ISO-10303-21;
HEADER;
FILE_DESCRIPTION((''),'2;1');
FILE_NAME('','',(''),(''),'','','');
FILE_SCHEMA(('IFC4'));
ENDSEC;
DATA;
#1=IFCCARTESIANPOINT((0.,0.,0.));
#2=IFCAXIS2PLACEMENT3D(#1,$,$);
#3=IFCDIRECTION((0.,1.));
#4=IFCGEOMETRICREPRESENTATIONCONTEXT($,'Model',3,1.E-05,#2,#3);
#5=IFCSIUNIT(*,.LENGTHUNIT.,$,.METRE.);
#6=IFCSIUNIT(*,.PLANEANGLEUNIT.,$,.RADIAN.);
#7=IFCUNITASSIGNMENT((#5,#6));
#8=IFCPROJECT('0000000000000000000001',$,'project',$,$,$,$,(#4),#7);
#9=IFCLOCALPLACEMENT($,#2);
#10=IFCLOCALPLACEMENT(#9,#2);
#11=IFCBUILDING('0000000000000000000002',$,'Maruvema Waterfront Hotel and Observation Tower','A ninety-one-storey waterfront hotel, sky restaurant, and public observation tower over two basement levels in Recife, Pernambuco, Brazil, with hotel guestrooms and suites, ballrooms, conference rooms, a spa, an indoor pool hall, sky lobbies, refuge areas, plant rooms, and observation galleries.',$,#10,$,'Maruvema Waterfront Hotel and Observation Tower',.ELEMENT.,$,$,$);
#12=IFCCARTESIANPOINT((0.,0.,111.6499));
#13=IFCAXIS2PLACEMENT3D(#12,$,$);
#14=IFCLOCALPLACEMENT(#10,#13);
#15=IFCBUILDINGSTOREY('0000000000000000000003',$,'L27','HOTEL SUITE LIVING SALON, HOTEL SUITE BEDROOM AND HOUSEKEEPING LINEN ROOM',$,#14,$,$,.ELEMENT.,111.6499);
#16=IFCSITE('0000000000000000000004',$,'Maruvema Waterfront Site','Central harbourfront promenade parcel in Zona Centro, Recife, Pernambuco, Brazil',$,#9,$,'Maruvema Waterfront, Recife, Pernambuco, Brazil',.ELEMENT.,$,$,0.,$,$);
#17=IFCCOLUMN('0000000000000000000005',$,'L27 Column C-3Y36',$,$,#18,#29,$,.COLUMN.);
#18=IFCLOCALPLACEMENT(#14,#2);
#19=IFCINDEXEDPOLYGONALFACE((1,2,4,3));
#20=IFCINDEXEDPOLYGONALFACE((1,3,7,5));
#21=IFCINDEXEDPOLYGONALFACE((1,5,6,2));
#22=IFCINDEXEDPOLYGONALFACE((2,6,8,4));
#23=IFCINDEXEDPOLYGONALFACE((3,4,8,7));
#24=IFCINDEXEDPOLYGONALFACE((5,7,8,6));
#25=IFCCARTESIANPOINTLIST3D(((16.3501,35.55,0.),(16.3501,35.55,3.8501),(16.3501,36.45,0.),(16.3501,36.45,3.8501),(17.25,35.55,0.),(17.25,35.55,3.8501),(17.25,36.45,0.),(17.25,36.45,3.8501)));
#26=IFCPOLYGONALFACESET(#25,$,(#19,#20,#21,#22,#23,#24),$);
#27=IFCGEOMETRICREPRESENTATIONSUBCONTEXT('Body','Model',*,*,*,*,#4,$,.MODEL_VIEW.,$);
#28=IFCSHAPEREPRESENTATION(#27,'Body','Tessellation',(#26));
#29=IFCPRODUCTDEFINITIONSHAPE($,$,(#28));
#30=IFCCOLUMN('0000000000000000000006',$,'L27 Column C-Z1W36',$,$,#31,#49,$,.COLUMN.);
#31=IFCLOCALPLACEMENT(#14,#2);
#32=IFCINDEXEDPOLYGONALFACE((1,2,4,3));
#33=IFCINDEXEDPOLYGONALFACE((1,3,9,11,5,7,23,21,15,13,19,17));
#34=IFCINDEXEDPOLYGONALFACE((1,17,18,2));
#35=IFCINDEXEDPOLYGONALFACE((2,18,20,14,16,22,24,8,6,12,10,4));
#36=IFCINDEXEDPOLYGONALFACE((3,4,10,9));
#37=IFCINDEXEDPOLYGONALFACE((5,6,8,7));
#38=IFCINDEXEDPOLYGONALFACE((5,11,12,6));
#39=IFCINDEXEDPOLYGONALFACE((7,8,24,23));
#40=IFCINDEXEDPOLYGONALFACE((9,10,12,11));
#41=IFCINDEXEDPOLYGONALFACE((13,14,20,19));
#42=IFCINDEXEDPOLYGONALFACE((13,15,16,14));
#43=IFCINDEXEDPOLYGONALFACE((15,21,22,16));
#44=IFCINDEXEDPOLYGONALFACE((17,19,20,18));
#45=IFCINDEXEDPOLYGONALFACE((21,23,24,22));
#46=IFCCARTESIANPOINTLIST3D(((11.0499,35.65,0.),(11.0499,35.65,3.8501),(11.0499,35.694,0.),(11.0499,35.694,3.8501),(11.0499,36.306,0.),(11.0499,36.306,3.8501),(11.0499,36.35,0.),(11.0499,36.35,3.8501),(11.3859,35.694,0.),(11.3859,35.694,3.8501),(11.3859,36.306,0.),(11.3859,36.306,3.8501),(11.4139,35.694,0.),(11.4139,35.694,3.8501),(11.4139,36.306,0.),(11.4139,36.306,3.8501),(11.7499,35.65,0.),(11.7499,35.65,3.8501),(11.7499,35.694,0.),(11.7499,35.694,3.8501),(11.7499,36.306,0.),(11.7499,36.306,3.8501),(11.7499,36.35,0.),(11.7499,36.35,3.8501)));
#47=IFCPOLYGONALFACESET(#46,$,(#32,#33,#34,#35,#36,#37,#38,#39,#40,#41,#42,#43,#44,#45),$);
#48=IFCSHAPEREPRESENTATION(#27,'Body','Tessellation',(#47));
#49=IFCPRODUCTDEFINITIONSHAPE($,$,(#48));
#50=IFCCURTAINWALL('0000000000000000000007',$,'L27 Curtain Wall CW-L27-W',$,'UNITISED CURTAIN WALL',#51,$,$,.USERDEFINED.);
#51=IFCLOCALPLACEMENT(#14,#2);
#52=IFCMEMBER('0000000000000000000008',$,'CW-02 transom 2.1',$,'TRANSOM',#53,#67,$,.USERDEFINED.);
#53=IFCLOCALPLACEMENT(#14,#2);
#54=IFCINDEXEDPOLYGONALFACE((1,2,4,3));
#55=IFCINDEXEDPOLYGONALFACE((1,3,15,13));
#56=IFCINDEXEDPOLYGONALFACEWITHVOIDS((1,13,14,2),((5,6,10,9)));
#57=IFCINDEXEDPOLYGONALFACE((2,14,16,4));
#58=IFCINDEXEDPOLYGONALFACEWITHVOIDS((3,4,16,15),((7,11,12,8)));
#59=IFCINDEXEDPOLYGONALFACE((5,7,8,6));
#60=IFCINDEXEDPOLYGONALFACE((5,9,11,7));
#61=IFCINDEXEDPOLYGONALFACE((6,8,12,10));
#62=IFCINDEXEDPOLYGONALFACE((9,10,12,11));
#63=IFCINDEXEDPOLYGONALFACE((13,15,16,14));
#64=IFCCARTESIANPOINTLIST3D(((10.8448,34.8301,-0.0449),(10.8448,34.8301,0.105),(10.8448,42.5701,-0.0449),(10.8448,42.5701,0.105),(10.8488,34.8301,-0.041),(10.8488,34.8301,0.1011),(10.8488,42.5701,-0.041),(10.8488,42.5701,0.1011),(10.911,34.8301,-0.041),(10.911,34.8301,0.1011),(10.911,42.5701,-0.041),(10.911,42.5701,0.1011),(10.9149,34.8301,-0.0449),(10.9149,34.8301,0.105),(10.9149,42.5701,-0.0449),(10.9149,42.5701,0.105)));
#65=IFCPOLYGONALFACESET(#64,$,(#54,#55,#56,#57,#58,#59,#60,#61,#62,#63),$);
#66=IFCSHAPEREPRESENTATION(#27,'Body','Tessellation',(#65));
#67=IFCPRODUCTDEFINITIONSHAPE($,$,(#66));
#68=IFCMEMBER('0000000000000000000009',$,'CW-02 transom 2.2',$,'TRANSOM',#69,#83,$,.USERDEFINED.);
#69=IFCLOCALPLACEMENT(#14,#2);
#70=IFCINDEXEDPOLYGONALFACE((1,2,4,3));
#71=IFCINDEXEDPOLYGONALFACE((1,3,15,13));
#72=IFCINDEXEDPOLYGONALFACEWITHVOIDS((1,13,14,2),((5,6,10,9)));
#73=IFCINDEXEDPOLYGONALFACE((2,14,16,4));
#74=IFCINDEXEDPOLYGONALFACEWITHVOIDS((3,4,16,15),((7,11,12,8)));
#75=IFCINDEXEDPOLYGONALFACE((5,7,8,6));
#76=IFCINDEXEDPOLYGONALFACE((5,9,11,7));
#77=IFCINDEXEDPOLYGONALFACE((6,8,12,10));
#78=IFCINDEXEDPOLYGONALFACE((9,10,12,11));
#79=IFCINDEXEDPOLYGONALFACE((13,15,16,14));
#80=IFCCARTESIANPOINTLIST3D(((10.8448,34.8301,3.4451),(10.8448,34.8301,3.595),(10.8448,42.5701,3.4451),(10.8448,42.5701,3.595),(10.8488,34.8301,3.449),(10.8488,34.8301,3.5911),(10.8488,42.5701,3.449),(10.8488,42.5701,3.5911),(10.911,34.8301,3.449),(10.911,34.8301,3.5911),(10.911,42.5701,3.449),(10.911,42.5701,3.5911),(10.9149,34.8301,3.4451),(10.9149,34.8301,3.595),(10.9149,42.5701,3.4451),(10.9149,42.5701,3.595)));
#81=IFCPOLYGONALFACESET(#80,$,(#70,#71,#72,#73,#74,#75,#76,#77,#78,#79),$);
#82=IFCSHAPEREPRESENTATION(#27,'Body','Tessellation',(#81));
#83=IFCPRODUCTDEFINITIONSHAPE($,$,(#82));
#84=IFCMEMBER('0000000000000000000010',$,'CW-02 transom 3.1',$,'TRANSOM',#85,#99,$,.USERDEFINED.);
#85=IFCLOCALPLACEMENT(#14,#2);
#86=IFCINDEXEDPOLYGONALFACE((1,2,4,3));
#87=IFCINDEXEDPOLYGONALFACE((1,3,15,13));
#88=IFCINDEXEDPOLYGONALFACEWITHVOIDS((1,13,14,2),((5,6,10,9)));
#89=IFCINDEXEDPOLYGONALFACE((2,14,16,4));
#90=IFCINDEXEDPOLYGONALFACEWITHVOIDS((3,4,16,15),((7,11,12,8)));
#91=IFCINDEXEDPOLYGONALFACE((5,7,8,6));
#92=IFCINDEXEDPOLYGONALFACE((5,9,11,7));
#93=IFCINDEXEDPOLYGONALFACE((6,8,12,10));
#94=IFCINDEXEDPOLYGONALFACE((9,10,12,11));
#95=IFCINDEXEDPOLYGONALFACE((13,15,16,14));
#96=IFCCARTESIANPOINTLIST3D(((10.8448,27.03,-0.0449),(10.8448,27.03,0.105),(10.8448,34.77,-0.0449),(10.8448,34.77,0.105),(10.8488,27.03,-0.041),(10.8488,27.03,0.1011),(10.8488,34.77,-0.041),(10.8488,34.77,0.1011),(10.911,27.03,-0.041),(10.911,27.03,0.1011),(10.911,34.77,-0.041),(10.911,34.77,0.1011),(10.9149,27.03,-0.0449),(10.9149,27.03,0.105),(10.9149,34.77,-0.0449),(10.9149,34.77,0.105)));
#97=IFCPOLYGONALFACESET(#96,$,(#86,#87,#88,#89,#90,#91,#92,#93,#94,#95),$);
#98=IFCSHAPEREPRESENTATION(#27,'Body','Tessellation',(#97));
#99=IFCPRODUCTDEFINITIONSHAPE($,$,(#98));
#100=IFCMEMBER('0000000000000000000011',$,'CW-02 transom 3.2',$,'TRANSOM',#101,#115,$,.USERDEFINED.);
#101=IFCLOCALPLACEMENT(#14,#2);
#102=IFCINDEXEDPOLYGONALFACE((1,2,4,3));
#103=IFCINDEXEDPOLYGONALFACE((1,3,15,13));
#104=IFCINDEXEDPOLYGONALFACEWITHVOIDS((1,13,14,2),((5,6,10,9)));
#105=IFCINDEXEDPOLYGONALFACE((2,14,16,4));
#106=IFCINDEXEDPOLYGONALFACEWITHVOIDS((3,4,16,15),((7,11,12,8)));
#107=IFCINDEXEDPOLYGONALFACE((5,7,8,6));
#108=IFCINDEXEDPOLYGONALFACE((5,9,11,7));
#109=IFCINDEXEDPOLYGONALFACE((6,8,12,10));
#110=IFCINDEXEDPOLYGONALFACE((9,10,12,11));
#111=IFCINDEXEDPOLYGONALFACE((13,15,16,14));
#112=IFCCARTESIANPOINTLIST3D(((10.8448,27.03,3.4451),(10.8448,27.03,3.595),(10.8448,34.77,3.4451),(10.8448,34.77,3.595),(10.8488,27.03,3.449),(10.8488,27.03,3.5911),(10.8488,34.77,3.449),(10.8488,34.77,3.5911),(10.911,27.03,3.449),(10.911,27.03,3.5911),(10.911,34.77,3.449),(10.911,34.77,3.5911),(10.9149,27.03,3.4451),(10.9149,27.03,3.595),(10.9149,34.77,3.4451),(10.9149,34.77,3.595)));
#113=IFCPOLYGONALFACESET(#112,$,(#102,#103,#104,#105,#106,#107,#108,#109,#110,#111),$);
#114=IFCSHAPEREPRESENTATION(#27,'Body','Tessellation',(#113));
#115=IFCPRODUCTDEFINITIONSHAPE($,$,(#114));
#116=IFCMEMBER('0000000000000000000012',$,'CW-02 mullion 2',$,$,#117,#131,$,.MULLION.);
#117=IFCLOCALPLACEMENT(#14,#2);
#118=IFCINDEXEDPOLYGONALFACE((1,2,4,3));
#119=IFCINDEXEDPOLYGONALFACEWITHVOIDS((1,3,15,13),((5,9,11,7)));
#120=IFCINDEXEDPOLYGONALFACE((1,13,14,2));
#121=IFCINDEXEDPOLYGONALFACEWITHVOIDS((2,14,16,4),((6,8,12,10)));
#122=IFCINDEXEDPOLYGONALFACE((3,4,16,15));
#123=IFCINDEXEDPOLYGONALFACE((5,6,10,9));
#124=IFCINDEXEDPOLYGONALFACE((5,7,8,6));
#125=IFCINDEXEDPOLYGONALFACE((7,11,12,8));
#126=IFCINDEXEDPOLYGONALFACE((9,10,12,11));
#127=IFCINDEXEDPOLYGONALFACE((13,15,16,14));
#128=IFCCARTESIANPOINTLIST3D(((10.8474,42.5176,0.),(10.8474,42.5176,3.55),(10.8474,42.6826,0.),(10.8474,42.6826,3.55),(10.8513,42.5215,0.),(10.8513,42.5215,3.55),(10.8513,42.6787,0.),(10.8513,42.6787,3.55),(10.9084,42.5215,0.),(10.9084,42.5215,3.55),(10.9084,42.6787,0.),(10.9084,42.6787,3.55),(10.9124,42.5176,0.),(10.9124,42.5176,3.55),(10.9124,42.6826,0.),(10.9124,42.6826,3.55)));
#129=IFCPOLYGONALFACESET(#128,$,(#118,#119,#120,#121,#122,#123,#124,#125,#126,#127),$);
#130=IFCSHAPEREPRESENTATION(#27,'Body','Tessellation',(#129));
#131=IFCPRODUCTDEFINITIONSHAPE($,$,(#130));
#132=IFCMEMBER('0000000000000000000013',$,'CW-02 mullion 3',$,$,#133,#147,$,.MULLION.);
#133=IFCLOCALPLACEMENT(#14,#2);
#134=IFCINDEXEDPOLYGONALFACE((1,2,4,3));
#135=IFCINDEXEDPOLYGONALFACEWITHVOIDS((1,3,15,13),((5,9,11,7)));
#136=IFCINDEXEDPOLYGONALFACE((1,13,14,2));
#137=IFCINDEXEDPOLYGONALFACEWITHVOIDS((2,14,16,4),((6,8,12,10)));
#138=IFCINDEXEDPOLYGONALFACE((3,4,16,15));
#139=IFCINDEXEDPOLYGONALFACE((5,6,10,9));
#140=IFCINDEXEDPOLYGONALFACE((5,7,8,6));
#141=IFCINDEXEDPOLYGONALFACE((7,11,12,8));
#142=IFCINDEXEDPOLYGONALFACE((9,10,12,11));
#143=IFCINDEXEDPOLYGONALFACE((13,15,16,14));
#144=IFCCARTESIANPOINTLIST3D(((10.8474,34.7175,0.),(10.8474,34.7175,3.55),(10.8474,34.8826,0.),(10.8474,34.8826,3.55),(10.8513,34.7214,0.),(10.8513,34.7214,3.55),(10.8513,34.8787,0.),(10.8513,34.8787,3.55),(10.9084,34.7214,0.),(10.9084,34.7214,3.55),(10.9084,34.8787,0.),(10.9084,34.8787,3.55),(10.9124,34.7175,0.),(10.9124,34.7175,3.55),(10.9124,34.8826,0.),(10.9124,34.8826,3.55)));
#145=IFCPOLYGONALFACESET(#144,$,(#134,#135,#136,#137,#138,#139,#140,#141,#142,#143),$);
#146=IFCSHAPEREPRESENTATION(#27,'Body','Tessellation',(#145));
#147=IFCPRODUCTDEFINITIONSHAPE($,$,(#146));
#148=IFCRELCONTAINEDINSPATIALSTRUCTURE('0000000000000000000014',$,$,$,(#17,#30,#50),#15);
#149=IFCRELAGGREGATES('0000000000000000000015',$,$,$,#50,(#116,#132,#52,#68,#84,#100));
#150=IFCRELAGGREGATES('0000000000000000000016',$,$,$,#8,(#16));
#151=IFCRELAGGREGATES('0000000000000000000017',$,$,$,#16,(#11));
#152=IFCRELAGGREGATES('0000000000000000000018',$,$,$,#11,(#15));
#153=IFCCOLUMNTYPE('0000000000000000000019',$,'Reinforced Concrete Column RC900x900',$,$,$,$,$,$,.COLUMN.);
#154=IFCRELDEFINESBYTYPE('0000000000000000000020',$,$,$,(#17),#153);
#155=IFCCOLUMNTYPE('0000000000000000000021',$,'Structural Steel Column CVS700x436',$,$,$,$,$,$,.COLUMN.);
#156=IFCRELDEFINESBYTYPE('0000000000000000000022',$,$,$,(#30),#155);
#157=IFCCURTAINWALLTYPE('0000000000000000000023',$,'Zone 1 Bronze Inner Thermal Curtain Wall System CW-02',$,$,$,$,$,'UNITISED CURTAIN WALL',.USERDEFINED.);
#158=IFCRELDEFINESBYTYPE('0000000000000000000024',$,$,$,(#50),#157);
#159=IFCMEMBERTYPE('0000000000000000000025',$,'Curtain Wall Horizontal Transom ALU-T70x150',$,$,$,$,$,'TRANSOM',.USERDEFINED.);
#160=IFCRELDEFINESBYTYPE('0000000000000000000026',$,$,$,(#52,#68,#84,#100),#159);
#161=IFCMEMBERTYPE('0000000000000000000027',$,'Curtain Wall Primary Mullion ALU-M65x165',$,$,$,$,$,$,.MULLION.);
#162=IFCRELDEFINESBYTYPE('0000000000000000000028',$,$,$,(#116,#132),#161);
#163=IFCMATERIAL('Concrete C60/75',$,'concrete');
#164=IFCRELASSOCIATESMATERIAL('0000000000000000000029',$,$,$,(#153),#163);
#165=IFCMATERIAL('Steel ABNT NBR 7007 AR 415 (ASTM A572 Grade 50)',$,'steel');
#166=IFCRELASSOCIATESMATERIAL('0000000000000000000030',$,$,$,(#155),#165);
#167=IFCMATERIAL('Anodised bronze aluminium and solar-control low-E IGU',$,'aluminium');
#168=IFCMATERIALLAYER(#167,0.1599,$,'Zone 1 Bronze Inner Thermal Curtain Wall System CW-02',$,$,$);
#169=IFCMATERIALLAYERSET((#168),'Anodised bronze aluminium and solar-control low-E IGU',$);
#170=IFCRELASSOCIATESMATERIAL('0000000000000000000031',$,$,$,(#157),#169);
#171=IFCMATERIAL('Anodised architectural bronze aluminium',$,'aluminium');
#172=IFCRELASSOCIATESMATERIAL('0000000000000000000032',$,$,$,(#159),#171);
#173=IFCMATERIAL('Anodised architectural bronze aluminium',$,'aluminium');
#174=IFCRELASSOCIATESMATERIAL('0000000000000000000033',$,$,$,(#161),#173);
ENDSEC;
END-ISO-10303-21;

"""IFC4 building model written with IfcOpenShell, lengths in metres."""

from ifc_helpers import new_model, si_unit, direction, frame, origin, origin_2d, place, context, subcontext, project, spatial, rectangle, hollow_rectangle, i_section, extrude, material, layer, layer_set, material_profile, profile_set, type_object, element, aggregate, save


model = new_model("IFC4")

# Units and contexts
model_context = context("Model", 3, precision=1e-05, world=origin(), true_north=direction((0.0, 1.0)))
body_context = subcontext(model_context, "Body", "Model", "MODEL_VIEW")
ifc_project = project(units=[si_unit("LENGTHUNIT", "METRE"), si_unit("PLANEANGLEUNIT", "RADIAN")], contexts=[model_context])

# Site, building, storey
site_placement = place(None, origin())
site = spatial("IfcSite", under=ifc_project, at=site_placement, Name="Maruvema Waterfront Site", Description="Central harbourfront promenade parcel in Zona Centro, Recife, Pernambuco, Brazil", LongName="Maruvema Waterfront, Recife, Pernambuco, Brazil", CompositionType="ELEMENT", RefElevation=0.0)
building_placement = place(site_placement, origin())
building = spatial("IfcBuilding", under=site, at=building_placement, Name="Maruvema Waterfront Hotel and Observation Tower", Description="A ninety-one-storey waterfront hotel, sky restaurant, and public observation tower over two basement levels in Recife, Pernambuco, Brazil, with hotel guestrooms and suites, ballrooms, conference rooms, a spa, an indoor pool hall, sky lobbies, refuge areas, plant rooms, and observation galleries.", LongName="Maruvema Waterfront Hotel and Observation Tower", CompositionType="ELEMENT")
storey_placement = place(building_placement, frame((0.0, 0.0, 111.6499)))
storey = spatial("IfcBuildingStorey", under=building, at=storey_placement, Name="L27", Description="HOTEL SUITE LIVING SALON, HOTEL SUITE BEDROOM AND HOUSEKEEPING LINEN ROOM", CompositionType="ELEMENT", Elevation=111.6499)

# Columns
ifc_material_1 = material(Name="Concrete C60/75", Category="concrete")
ifc_material_profile_1 = material_profile(ifc_material_1, rectangle(XDim=0.8999, YDim=0.8999, at=origin_2d()), Name="RC900x900")
ifc_profile_set_1 = profile_set([ifc_material_profile_1], Name="Concrete C60/75")
column_type_1 = type_object("IfcColumnType", Name="Reinforced Concrete Column RC900x900", PredefinedType="COLUMN", material=ifc_profile_set_1)
column_1_placement = place(storey_placement, frame((16.8, 36.0, 0.0), z_axis=(0.0, 0.0, 1.0), x_axis=(1.0, 0.0, 0.0)))
element("IfcColumn", 1, at=column_1_placement, inside=storey, type_object=column_type_1, Name="L27 Column C-3Y36", PredefinedType="COLUMN", context=body_context, shape_type="SweptSolid", body=[
    extrude(rectangle(XDim=0.8999, YDim=0.8999, at=origin_2d()), origin(), (0.0, 0.0, 1.0), 3.8501),
])
ifc_material_2 = material(Name="Steel ABNT NBR 7007 AR 415 (ASTM A572 Grade 50)", Category="steel")
ifc_material_profile_2 = material_profile(ifc_material_2, i_section(OverallWidth=0.7, OverallDepth=0.7, WebThickness=0.0281, FlangeThickness=0.0439, at=origin_2d()), Name="CVS700x436")
ifc_profile_set_2 = profile_set([ifc_material_profile_2], Name="Steel ABNT NBR 7007 AR 415 (ASTM A572 Grade 50)")
column_type_2 = type_object("IfcColumnType", Name="Structural Steel Column CVS700x436", PredefinedType="COLUMN", material=ifc_profile_set_2)
column_2_placement = place(storey_placement, frame((11.3999, 36.0, 0.0), z_axis=(0.0, 0.0, 1.0), x_axis=(1.0, 0.0, 0.0)))
element("IfcColumn", 2, at=column_2_placement, inside=storey, type_object=column_type_2, Name="L27 Column C-Z1W36", PredefinedType="COLUMN", context=body_context, shape_type="SweptSolid", body=[
    extrude(i_section(OverallWidth=0.7, OverallDepth=0.7, WebThickness=0.0281, FlangeThickness=0.0439, at=origin_2d()), origin(), (0.0, 0.0, 1.0), 3.8501),
])

# Curtain wall, members
ifc_material_3 = material(Name="Anodised bronze aluminium and solar-control low-E IGU", Category="aluminium")
ifc_layer_1 = layer(ifc_material_3, 0.1599, Name="Zone 1 Bronze Inner Thermal Curtain Wall System CW-02")
ifc_layer_set_1 = layer_set([ifc_layer_1], Name="Anodised bronze aluminium and solar-control low-E IGU")
curtain_wall_type = type_object("IfcCurtainWallType", Name="Zone 1 Bronze Inner Thermal Curtain Wall System CW-02", ElementType="UNITISED CURTAIN WALL", PredefinedType="USERDEFINED", material=ifc_layer_set_1)
curtain_wall_placement = place(storey_placement, origin())
curtain_wall = element("IfcCurtainWall", 3, at=curtain_wall_placement, inside=storey, type_object=curtain_wall_type, Name="L27 Curtain Wall CW-L27-W", ObjectType="UNITISED CURTAIN WALL", PredefinedType="USERDEFINED")
ifc_material_4 = material(Name="Anodised architectural bronze aluminium", Category="aluminium")
ifc_material_profile_3 = material_profile(ifc_material_4, hollow_rectangle(XDim=0.0701, YDim=0.1499, WallThickness=0.0039, at=origin_2d()), Name="ALU-T70x150")
ifc_profile_set_3 = profile_set([ifc_material_profile_3], Name="Anodised architectural bronze aluminium")
member_type_1 = type_object("IfcMemberType", Name="Curtain Wall Horizontal Transom ALU-T70x150", ElementType="TRANSOM", PredefinedType="USERDEFINED", material=ifc_profile_set_3)
member_1_placement = place(storey_placement, frame((10.8799, 42.5701, 0.03), z_axis=(0.0, -1.0, 0.0), x_axis=(1.0, 0.0, 0.0)))
member_1 = element("IfcMember", 4, at=member_1_placement, type_object=member_type_1, Name="CW-02 transom 2.1", ObjectType="TRANSOM", PredefinedType="USERDEFINED", context=body_context, shape_type="SweptSolid", body=[
    extrude(hollow_rectangle(XDim=0.0701, YDim=0.1499, WallThickness=0.0039, at=origin_2d()), origin(), (0.0, 0.0, 1.0), 7.74),
])
member_2_placement = place(storey_placement, frame((10.8799, 42.5701, 3.52), z_axis=(0.0, -1.0, 0.0), x_axis=(1.0, 0.0, 0.0)))
member_2 = element("IfcMember", 5, at=member_2_placement, type_object=member_type_1, Name="CW-02 transom 2.2", ObjectType="TRANSOM", PredefinedType="USERDEFINED", context=body_context, shape_type="SweptSolid", body=[
    extrude(hollow_rectangle(XDim=0.0701, YDim=0.1499, WallThickness=0.0039, at=origin_2d()), origin(), (0.0, 0.0, 1.0), 7.74),
])
member_3_placement = place(storey_placement, frame((10.8799, 34.77, 0.03), z_axis=(0.0, -1.0, 0.0), x_axis=(1.0, 0.0, 0.0)))
member_3 = element("IfcMember", 6, at=member_3_placement, type_object=member_type_1, Name="CW-02 transom 3.1", ObjectType="TRANSOM", PredefinedType="USERDEFINED", context=body_context, shape_type="SweptSolid", body=[
    extrude(hollow_rectangle(XDim=0.0701, YDim=0.1499, WallThickness=0.0039, at=origin_2d()), origin(), (0.0, 0.0, 1.0), 7.74),
])
member_4_placement = place(storey_placement, frame((10.8799, 34.77, 3.52), z_axis=(0.0, -1.0, 0.0), x_axis=(1.0, 0.0, 0.0)))
member_4 = element("IfcMember", 7, at=member_4_placement, type_object=member_type_1, Name="CW-02 transom 3.2", ObjectType="TRANSOM", PredefinedType="USERDEFINED", context=body_context, shape_type="SweptSolid", body=[
    extrude(hollow_rectangle(XDim=0.0701, YDim=0.1499, WallThickness=0.0039, at=origin_2d()), origin(), (0.0, 0.0, 1.0), 7.74),
])
ifc_material_5 = material(Name="Anodised architectural bronze aluminium", Category="aluminium")
ifc_material_profile_4 = material_profile(ifc_material_5, hollow_rectangle(XDim=0.0649, YDim=0.165, WallThickness=0.0039, at=origin_2d()), Name="ALU-M65x165")
ifc_profile_set_4 = profile_set([ifc_material_profile_4], Name="Anodised architectural bronze aluminium")
member_type_2 = type_object("IfcMemberType", Name="Curtain Wall Primary Mullion ALU-M65x165", PredefinedType="MULLION", material=ifc_profile_set_4)
member_5_placement = place(storey_placement, frame((10.8799, 42.6001, 0.0), z_axis=(0.0, 0.0, 1.0), x_axis=(1.0, 0.0, 0.0)))
member_5 = element("IfcMember", 8, at=member_5_placement, type_object=member_type_2, Name="CW-02 mullion 2", PredefinedType="MULLION", context=body_context, shape_type="SweptSolid", body=[
    extrude(hollow_rectangle(XDim=0.0649, YDim=0.165, WallThickness=0.0039, at=origin_2d()), origin(), (0.0, 0.0, 1.0), 3.55),
])
member_6_placement = place(storey_placement, frame((10.8799, 34.8, 0.0), z_axis=(0.0, 0.0, 1.0), x_axis=(1.0, 0.0, 0.0)))
member_6 = element("IfcMember", 9, at=member_6_placement, type_object=member_type_2, Name="CW-02 mullion 3", PredefinedType="MULLION", context=body_context, shape_type="SweptSolid", body=[
    extrude(hollow_rectangle(XDim=0.0649, YDim=0.165, WallThickness=0.0039, at=origin_2d()), origin(), (0.0, 0.0, 1.0), 3.55),
])

aggregate(curtain_wall, [member_5, member_6, member_1, member_2, member_3, member_4])

save(model, "model.ifc")
